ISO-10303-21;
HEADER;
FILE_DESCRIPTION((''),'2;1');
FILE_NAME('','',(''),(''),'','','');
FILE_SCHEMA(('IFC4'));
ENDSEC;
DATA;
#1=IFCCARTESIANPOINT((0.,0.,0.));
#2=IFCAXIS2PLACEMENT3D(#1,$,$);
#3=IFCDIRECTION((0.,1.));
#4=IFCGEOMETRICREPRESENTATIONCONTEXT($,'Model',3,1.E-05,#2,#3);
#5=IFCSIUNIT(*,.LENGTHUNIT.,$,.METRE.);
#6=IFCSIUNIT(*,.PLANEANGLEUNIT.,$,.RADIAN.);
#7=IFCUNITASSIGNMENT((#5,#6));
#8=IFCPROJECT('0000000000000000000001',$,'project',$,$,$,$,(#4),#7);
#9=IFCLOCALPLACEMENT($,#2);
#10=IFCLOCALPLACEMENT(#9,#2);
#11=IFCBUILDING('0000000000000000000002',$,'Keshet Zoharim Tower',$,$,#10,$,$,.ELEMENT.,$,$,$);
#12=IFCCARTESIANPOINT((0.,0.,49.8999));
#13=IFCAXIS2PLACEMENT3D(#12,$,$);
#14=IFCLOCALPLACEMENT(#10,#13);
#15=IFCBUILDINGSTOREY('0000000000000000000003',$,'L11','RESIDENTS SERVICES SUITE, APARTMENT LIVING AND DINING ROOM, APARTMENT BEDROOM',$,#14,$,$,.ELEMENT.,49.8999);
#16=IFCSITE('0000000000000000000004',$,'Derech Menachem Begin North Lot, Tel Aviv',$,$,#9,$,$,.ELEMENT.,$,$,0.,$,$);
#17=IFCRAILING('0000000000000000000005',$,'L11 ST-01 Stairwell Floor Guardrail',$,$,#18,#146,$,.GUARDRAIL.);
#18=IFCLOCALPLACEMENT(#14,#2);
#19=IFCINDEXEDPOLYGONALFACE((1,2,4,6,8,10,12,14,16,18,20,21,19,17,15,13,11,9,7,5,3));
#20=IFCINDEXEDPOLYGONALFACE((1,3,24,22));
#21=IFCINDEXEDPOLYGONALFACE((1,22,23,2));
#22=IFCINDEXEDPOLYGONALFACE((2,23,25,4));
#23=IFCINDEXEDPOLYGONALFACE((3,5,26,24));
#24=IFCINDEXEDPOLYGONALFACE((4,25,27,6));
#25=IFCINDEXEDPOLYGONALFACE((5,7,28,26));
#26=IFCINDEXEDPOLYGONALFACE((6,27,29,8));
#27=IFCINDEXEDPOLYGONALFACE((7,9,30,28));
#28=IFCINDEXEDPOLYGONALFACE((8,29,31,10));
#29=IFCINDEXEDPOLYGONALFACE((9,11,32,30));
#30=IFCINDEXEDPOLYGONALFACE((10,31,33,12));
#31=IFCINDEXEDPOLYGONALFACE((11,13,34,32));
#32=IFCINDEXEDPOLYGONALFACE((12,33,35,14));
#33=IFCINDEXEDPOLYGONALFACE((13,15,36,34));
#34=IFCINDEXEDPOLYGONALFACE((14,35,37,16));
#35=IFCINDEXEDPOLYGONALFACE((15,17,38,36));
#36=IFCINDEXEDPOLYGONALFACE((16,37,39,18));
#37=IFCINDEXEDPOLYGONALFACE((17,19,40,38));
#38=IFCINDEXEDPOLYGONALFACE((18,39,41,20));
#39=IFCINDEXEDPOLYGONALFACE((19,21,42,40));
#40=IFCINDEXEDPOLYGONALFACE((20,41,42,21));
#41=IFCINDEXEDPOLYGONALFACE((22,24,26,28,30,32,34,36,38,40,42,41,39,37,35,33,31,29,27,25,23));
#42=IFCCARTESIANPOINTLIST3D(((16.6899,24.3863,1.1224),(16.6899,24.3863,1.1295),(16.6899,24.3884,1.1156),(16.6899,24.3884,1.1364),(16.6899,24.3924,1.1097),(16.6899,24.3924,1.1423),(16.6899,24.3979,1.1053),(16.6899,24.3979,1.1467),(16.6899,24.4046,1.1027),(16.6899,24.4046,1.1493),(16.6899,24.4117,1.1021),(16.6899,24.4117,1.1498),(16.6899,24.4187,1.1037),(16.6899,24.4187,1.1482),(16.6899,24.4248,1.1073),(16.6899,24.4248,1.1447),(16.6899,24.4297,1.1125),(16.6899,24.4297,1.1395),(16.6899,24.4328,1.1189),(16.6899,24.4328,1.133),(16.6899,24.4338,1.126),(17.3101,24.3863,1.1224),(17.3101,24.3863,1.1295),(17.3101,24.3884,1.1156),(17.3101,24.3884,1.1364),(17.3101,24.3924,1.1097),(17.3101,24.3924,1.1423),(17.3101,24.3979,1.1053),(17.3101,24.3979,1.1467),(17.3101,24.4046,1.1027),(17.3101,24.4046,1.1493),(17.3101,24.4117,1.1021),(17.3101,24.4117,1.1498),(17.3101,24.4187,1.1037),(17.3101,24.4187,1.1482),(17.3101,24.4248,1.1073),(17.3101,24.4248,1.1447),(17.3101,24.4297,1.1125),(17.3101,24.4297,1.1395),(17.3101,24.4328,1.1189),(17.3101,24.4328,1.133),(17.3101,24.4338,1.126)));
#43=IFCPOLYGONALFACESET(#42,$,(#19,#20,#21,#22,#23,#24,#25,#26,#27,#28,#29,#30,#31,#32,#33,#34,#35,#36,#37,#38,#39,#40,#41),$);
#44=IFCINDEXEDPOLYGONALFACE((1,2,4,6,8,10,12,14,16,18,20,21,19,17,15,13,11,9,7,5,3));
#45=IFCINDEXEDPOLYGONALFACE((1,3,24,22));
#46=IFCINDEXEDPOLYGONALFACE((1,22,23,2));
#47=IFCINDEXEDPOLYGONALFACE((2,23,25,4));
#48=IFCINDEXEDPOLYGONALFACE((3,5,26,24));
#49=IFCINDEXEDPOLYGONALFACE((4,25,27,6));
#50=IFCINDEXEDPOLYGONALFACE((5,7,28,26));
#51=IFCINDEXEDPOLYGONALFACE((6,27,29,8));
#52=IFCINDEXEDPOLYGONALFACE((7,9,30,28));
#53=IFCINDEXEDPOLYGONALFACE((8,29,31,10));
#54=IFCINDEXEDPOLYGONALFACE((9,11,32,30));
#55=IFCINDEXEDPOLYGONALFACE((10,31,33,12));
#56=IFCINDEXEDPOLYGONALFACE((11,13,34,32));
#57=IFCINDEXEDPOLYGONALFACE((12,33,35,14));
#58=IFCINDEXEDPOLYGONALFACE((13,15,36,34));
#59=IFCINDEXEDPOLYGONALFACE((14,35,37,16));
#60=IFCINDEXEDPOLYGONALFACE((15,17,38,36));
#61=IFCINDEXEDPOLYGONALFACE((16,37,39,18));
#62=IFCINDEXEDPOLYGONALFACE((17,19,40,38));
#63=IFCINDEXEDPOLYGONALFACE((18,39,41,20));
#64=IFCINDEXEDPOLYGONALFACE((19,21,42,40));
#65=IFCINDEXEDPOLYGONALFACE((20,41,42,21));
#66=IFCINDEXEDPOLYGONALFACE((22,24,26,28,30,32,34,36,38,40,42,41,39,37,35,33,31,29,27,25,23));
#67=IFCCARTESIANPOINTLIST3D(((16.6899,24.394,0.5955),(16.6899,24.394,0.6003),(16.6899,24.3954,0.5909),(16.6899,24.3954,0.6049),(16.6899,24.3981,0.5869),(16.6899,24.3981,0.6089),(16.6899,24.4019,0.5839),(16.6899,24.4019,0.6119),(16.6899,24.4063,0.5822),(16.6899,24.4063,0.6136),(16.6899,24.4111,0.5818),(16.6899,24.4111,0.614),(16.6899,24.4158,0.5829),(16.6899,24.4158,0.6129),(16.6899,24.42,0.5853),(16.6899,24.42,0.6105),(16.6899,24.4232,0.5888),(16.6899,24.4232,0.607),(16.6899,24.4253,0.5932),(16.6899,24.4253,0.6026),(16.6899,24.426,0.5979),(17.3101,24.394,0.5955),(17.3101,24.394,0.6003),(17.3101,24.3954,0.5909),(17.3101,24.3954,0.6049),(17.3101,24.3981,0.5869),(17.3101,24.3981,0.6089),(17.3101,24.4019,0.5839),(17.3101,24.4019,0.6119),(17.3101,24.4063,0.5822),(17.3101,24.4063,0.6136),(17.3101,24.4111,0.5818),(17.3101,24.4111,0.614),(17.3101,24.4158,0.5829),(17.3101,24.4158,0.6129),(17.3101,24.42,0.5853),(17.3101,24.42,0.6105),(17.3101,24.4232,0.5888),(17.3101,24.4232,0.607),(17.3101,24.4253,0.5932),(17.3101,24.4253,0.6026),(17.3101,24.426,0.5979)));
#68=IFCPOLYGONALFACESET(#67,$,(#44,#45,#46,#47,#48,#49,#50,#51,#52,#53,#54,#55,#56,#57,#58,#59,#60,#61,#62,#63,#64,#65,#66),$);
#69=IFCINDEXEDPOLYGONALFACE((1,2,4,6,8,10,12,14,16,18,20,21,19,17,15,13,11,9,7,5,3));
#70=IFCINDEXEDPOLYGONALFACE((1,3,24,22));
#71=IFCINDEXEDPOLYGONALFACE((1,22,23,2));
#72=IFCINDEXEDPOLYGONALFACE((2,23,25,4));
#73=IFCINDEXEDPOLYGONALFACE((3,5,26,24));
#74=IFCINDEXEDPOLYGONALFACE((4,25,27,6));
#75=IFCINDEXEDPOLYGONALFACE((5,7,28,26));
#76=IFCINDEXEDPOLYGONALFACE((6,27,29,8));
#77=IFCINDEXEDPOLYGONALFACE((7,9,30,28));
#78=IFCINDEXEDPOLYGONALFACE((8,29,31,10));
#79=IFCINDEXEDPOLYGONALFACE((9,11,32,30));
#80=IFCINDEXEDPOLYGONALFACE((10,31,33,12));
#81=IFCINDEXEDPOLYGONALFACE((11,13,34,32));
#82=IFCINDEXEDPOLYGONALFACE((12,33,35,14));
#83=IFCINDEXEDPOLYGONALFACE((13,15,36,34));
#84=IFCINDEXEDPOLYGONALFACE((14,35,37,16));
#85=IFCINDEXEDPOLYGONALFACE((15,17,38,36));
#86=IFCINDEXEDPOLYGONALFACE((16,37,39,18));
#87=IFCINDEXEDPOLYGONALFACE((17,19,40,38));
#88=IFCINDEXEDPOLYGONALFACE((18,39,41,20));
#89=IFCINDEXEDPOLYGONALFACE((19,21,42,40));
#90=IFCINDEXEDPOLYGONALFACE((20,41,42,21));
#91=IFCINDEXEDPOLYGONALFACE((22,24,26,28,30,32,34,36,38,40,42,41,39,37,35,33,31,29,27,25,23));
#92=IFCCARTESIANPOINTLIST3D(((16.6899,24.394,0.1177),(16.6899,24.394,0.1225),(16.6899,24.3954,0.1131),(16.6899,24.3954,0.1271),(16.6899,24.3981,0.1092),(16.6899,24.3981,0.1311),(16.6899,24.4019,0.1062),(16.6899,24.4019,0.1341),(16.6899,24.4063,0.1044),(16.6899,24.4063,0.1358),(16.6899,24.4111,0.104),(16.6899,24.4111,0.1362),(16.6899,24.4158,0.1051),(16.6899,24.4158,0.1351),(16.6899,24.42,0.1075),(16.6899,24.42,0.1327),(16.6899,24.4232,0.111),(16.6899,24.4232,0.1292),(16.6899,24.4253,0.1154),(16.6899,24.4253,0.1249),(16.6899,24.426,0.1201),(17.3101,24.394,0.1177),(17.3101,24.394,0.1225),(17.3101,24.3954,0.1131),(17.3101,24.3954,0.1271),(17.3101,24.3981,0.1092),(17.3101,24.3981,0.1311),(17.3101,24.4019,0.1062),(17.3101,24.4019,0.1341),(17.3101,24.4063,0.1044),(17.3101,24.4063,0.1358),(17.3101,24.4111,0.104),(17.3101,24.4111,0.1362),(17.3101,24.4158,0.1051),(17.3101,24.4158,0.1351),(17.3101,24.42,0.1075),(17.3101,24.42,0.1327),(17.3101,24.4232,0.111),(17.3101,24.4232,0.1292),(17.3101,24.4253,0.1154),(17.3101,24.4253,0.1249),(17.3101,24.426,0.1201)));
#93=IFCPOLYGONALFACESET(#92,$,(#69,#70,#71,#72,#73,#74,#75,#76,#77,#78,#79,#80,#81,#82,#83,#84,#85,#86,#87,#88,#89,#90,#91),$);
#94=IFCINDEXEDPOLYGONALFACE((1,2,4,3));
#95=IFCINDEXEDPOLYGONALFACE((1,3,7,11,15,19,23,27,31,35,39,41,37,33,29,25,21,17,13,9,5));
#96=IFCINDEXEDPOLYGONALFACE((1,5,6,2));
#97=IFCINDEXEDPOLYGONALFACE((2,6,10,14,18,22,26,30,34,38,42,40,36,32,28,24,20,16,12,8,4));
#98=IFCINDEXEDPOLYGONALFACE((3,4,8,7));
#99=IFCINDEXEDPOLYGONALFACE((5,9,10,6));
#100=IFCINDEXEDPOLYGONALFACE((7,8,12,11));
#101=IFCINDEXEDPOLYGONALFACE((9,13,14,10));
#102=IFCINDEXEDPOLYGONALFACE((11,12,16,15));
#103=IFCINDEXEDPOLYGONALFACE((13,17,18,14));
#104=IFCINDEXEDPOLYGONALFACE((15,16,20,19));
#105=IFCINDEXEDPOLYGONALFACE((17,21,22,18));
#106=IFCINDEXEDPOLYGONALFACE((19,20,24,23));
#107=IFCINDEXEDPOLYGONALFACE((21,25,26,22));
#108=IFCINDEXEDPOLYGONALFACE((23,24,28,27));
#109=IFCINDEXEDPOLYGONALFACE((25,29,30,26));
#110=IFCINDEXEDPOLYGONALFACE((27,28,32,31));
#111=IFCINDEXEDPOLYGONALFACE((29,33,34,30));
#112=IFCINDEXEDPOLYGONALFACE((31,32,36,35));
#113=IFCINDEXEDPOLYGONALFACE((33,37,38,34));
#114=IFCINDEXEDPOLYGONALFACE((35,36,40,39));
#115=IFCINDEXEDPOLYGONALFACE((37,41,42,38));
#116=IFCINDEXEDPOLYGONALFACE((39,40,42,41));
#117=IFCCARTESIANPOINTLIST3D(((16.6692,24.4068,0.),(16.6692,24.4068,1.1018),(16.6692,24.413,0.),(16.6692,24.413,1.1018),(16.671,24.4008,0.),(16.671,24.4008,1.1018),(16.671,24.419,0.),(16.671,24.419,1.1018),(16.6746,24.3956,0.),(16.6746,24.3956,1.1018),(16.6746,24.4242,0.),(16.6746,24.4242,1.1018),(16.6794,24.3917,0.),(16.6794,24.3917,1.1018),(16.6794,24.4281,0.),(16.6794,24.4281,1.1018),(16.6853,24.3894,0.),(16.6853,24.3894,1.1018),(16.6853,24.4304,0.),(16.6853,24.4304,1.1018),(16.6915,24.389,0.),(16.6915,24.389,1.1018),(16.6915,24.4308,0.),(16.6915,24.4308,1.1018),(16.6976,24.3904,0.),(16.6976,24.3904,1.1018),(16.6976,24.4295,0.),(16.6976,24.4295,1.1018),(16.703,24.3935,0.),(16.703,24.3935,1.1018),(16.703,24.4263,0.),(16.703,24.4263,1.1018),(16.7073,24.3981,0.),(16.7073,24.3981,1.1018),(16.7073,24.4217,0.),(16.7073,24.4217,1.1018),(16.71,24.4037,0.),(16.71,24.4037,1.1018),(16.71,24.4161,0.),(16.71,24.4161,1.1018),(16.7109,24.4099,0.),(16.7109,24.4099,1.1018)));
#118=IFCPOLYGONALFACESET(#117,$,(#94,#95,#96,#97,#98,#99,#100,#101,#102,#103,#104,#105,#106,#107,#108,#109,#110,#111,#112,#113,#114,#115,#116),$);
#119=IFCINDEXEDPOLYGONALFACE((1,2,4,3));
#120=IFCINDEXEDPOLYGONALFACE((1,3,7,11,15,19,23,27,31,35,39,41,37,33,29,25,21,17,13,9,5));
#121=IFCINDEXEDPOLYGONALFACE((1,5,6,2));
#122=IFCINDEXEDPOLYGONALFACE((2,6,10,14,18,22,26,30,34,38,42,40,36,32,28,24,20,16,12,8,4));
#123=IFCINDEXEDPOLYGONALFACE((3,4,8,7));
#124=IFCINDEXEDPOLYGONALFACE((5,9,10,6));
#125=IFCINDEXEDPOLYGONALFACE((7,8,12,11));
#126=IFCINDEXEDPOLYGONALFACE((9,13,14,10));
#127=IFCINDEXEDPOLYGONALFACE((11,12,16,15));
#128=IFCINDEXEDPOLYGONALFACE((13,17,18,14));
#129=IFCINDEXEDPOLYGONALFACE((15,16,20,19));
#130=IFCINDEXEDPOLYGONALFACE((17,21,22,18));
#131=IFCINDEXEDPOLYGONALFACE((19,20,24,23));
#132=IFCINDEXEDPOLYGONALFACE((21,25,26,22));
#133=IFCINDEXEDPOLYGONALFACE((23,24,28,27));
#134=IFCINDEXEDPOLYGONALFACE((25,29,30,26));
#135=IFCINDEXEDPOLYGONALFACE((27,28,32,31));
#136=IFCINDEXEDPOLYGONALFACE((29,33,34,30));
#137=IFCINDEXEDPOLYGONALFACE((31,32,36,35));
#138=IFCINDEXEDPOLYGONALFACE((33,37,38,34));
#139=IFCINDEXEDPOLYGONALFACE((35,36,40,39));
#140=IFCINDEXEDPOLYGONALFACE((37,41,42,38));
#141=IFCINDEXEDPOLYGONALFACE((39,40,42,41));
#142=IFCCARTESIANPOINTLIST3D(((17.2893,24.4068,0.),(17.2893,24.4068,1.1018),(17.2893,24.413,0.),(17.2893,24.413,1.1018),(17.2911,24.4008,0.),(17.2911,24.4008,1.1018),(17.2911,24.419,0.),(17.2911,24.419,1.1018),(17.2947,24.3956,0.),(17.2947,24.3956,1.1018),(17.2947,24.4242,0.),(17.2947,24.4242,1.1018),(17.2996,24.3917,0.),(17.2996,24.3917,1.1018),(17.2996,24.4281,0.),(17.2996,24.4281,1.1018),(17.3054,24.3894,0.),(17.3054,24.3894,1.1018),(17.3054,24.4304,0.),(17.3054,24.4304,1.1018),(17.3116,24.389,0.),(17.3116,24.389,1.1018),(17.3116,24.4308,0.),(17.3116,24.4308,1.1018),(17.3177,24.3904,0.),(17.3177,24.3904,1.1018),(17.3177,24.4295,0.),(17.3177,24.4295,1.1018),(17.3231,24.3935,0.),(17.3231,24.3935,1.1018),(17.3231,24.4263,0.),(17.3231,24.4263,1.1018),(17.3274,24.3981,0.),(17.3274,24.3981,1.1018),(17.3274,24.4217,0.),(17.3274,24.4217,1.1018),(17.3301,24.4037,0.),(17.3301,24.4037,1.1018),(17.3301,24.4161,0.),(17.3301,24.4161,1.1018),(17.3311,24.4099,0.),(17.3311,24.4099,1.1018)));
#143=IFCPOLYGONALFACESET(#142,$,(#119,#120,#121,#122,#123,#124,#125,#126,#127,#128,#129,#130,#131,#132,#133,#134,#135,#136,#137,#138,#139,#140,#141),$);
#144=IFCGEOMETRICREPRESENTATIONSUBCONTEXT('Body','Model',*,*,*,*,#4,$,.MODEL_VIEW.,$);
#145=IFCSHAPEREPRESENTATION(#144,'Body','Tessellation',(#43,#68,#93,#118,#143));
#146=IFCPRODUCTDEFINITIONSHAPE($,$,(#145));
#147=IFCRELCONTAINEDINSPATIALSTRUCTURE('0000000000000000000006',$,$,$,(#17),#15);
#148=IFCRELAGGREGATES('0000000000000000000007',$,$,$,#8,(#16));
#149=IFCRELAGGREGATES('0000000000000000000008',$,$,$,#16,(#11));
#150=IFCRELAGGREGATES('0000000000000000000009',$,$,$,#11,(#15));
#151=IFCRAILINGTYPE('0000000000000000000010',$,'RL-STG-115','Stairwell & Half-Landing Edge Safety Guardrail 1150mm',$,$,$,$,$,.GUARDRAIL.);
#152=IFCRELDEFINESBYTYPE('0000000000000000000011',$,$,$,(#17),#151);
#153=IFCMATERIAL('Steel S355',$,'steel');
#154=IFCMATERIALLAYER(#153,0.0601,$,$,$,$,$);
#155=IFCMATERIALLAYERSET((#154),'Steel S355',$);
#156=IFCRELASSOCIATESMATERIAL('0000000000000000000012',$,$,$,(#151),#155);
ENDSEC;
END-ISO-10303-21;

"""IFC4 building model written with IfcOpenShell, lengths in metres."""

from ifc_helpers import new_model, si_unit, direction, frame, origin, origin_2d, place, context, subcontext, project, spatial, circle, extrude, material, layer, layer_set, type_object, element, save


model = new_model("IFC4")

# Units and contexts
model_context = context("Model", 3, precision=1e-05, world=origin(), true_north=direction((0.0, 1.0)))
body_context = subcontext(model_context, "Body", "Model", "MODEL_VIEW")
ifc_project = project(units=[si_unit("LENGTHUNIT", "METRE"), si_unit("PLANEANGLEUNIT", "RADIAN")], contexts=[model_context])

# Site, building, storey
site_placement = place(None, origin())
site = spatial("IfcSite", under=ifc_project, at=site_placement, Name="Derech Menachem Begin North Lot, Tel Aviv", CompositionType="ELEMENT", RefElevation=0.0)
building_placement = place(site_placement, origin())
building = spatial("IfcBuilding", under=site, at=building_placement, Name="Keshet Zoharim Tower", CompositionType="ELEMENT")
storey_placement = place(building_placement, frame((0.0, 0.0, 49.8999)))
storey = spatial("IfcBuildingStorey", under=building, at=storey_placement, Name="L11", Description="RESIDENTS SERVICES SUITE, APARTMENT LIVING AND DINING ROOM, APARTMENT BEDROOM", CompositionType="ELEMENT", Elevation=49.8999)

# Railing
ifc_material_1 = material(Name="Steel S355", Category="steel")
ifc_layer_1 = layer(ifc_material_1, 0.0601)
ifc_layer_set_1 = layer_set([ifc_layer_1], Name="Steel S355")
railing_type_1 = type_object("IfcRailingType", Name="RL-STG-115", Description="Stairwell & Half-Landing Edge Safety Guardrail 1150mm", PredefinedType="GUARDRAIL", material=ifc_layer_set_1)
railing_1_placement = place(storey_placement, frame((16.6899, 24.4099, 0.0)))
element("IfcRailing", 1, at=railing_1_placement, inside=storey, type_object=railing_type_1, Name="L11 ST-01 Stairwell Floor Guardrail", PredefinedType="GUARDRAIL", context=body_context, shape_type="SweptSolid", body=[
    extrude(circle(Radius=0.0239, at=origin_2d()), frame((0.0, 0.0, 1.126), z_axis=(1.0, 0.0, 0.0), x_axis=(0.0, 1.0, 0.0)), (0.0, 0.0, 1.0), 0.6201),
    extrude(circle(Radius=0.0161, at=origin_2d()), frame((0.0, 0.0, 0.5979), z_axis=(1.0, 0.0, 0.0), x_axis=(0.0, 1.0, 0.0)), (0.0, 0.0, 1.0), 0.6201),
    extrude(circle(Radius=0.0161, at=origin_2d()), frame((0.0, 0.0, 0.1201), z_axis=(1.0, 0.0, 0.0), x_axis=(0.0, 1.0, 0.0)), (0.0, 0.0, 1.0), 0.6201),
    extrude(circle(Radius=0.021, at=origin_2d()), origin(), (0.0, 0.0, 1.0), 1.1018),
    extrude(circle(Radius=0.021, at=origin_2d()), frame((0.6201, 0.0, 0.0)), (0.0, 0.0, 1.0), 1.1018),
])

save(model, "model.ifc")
